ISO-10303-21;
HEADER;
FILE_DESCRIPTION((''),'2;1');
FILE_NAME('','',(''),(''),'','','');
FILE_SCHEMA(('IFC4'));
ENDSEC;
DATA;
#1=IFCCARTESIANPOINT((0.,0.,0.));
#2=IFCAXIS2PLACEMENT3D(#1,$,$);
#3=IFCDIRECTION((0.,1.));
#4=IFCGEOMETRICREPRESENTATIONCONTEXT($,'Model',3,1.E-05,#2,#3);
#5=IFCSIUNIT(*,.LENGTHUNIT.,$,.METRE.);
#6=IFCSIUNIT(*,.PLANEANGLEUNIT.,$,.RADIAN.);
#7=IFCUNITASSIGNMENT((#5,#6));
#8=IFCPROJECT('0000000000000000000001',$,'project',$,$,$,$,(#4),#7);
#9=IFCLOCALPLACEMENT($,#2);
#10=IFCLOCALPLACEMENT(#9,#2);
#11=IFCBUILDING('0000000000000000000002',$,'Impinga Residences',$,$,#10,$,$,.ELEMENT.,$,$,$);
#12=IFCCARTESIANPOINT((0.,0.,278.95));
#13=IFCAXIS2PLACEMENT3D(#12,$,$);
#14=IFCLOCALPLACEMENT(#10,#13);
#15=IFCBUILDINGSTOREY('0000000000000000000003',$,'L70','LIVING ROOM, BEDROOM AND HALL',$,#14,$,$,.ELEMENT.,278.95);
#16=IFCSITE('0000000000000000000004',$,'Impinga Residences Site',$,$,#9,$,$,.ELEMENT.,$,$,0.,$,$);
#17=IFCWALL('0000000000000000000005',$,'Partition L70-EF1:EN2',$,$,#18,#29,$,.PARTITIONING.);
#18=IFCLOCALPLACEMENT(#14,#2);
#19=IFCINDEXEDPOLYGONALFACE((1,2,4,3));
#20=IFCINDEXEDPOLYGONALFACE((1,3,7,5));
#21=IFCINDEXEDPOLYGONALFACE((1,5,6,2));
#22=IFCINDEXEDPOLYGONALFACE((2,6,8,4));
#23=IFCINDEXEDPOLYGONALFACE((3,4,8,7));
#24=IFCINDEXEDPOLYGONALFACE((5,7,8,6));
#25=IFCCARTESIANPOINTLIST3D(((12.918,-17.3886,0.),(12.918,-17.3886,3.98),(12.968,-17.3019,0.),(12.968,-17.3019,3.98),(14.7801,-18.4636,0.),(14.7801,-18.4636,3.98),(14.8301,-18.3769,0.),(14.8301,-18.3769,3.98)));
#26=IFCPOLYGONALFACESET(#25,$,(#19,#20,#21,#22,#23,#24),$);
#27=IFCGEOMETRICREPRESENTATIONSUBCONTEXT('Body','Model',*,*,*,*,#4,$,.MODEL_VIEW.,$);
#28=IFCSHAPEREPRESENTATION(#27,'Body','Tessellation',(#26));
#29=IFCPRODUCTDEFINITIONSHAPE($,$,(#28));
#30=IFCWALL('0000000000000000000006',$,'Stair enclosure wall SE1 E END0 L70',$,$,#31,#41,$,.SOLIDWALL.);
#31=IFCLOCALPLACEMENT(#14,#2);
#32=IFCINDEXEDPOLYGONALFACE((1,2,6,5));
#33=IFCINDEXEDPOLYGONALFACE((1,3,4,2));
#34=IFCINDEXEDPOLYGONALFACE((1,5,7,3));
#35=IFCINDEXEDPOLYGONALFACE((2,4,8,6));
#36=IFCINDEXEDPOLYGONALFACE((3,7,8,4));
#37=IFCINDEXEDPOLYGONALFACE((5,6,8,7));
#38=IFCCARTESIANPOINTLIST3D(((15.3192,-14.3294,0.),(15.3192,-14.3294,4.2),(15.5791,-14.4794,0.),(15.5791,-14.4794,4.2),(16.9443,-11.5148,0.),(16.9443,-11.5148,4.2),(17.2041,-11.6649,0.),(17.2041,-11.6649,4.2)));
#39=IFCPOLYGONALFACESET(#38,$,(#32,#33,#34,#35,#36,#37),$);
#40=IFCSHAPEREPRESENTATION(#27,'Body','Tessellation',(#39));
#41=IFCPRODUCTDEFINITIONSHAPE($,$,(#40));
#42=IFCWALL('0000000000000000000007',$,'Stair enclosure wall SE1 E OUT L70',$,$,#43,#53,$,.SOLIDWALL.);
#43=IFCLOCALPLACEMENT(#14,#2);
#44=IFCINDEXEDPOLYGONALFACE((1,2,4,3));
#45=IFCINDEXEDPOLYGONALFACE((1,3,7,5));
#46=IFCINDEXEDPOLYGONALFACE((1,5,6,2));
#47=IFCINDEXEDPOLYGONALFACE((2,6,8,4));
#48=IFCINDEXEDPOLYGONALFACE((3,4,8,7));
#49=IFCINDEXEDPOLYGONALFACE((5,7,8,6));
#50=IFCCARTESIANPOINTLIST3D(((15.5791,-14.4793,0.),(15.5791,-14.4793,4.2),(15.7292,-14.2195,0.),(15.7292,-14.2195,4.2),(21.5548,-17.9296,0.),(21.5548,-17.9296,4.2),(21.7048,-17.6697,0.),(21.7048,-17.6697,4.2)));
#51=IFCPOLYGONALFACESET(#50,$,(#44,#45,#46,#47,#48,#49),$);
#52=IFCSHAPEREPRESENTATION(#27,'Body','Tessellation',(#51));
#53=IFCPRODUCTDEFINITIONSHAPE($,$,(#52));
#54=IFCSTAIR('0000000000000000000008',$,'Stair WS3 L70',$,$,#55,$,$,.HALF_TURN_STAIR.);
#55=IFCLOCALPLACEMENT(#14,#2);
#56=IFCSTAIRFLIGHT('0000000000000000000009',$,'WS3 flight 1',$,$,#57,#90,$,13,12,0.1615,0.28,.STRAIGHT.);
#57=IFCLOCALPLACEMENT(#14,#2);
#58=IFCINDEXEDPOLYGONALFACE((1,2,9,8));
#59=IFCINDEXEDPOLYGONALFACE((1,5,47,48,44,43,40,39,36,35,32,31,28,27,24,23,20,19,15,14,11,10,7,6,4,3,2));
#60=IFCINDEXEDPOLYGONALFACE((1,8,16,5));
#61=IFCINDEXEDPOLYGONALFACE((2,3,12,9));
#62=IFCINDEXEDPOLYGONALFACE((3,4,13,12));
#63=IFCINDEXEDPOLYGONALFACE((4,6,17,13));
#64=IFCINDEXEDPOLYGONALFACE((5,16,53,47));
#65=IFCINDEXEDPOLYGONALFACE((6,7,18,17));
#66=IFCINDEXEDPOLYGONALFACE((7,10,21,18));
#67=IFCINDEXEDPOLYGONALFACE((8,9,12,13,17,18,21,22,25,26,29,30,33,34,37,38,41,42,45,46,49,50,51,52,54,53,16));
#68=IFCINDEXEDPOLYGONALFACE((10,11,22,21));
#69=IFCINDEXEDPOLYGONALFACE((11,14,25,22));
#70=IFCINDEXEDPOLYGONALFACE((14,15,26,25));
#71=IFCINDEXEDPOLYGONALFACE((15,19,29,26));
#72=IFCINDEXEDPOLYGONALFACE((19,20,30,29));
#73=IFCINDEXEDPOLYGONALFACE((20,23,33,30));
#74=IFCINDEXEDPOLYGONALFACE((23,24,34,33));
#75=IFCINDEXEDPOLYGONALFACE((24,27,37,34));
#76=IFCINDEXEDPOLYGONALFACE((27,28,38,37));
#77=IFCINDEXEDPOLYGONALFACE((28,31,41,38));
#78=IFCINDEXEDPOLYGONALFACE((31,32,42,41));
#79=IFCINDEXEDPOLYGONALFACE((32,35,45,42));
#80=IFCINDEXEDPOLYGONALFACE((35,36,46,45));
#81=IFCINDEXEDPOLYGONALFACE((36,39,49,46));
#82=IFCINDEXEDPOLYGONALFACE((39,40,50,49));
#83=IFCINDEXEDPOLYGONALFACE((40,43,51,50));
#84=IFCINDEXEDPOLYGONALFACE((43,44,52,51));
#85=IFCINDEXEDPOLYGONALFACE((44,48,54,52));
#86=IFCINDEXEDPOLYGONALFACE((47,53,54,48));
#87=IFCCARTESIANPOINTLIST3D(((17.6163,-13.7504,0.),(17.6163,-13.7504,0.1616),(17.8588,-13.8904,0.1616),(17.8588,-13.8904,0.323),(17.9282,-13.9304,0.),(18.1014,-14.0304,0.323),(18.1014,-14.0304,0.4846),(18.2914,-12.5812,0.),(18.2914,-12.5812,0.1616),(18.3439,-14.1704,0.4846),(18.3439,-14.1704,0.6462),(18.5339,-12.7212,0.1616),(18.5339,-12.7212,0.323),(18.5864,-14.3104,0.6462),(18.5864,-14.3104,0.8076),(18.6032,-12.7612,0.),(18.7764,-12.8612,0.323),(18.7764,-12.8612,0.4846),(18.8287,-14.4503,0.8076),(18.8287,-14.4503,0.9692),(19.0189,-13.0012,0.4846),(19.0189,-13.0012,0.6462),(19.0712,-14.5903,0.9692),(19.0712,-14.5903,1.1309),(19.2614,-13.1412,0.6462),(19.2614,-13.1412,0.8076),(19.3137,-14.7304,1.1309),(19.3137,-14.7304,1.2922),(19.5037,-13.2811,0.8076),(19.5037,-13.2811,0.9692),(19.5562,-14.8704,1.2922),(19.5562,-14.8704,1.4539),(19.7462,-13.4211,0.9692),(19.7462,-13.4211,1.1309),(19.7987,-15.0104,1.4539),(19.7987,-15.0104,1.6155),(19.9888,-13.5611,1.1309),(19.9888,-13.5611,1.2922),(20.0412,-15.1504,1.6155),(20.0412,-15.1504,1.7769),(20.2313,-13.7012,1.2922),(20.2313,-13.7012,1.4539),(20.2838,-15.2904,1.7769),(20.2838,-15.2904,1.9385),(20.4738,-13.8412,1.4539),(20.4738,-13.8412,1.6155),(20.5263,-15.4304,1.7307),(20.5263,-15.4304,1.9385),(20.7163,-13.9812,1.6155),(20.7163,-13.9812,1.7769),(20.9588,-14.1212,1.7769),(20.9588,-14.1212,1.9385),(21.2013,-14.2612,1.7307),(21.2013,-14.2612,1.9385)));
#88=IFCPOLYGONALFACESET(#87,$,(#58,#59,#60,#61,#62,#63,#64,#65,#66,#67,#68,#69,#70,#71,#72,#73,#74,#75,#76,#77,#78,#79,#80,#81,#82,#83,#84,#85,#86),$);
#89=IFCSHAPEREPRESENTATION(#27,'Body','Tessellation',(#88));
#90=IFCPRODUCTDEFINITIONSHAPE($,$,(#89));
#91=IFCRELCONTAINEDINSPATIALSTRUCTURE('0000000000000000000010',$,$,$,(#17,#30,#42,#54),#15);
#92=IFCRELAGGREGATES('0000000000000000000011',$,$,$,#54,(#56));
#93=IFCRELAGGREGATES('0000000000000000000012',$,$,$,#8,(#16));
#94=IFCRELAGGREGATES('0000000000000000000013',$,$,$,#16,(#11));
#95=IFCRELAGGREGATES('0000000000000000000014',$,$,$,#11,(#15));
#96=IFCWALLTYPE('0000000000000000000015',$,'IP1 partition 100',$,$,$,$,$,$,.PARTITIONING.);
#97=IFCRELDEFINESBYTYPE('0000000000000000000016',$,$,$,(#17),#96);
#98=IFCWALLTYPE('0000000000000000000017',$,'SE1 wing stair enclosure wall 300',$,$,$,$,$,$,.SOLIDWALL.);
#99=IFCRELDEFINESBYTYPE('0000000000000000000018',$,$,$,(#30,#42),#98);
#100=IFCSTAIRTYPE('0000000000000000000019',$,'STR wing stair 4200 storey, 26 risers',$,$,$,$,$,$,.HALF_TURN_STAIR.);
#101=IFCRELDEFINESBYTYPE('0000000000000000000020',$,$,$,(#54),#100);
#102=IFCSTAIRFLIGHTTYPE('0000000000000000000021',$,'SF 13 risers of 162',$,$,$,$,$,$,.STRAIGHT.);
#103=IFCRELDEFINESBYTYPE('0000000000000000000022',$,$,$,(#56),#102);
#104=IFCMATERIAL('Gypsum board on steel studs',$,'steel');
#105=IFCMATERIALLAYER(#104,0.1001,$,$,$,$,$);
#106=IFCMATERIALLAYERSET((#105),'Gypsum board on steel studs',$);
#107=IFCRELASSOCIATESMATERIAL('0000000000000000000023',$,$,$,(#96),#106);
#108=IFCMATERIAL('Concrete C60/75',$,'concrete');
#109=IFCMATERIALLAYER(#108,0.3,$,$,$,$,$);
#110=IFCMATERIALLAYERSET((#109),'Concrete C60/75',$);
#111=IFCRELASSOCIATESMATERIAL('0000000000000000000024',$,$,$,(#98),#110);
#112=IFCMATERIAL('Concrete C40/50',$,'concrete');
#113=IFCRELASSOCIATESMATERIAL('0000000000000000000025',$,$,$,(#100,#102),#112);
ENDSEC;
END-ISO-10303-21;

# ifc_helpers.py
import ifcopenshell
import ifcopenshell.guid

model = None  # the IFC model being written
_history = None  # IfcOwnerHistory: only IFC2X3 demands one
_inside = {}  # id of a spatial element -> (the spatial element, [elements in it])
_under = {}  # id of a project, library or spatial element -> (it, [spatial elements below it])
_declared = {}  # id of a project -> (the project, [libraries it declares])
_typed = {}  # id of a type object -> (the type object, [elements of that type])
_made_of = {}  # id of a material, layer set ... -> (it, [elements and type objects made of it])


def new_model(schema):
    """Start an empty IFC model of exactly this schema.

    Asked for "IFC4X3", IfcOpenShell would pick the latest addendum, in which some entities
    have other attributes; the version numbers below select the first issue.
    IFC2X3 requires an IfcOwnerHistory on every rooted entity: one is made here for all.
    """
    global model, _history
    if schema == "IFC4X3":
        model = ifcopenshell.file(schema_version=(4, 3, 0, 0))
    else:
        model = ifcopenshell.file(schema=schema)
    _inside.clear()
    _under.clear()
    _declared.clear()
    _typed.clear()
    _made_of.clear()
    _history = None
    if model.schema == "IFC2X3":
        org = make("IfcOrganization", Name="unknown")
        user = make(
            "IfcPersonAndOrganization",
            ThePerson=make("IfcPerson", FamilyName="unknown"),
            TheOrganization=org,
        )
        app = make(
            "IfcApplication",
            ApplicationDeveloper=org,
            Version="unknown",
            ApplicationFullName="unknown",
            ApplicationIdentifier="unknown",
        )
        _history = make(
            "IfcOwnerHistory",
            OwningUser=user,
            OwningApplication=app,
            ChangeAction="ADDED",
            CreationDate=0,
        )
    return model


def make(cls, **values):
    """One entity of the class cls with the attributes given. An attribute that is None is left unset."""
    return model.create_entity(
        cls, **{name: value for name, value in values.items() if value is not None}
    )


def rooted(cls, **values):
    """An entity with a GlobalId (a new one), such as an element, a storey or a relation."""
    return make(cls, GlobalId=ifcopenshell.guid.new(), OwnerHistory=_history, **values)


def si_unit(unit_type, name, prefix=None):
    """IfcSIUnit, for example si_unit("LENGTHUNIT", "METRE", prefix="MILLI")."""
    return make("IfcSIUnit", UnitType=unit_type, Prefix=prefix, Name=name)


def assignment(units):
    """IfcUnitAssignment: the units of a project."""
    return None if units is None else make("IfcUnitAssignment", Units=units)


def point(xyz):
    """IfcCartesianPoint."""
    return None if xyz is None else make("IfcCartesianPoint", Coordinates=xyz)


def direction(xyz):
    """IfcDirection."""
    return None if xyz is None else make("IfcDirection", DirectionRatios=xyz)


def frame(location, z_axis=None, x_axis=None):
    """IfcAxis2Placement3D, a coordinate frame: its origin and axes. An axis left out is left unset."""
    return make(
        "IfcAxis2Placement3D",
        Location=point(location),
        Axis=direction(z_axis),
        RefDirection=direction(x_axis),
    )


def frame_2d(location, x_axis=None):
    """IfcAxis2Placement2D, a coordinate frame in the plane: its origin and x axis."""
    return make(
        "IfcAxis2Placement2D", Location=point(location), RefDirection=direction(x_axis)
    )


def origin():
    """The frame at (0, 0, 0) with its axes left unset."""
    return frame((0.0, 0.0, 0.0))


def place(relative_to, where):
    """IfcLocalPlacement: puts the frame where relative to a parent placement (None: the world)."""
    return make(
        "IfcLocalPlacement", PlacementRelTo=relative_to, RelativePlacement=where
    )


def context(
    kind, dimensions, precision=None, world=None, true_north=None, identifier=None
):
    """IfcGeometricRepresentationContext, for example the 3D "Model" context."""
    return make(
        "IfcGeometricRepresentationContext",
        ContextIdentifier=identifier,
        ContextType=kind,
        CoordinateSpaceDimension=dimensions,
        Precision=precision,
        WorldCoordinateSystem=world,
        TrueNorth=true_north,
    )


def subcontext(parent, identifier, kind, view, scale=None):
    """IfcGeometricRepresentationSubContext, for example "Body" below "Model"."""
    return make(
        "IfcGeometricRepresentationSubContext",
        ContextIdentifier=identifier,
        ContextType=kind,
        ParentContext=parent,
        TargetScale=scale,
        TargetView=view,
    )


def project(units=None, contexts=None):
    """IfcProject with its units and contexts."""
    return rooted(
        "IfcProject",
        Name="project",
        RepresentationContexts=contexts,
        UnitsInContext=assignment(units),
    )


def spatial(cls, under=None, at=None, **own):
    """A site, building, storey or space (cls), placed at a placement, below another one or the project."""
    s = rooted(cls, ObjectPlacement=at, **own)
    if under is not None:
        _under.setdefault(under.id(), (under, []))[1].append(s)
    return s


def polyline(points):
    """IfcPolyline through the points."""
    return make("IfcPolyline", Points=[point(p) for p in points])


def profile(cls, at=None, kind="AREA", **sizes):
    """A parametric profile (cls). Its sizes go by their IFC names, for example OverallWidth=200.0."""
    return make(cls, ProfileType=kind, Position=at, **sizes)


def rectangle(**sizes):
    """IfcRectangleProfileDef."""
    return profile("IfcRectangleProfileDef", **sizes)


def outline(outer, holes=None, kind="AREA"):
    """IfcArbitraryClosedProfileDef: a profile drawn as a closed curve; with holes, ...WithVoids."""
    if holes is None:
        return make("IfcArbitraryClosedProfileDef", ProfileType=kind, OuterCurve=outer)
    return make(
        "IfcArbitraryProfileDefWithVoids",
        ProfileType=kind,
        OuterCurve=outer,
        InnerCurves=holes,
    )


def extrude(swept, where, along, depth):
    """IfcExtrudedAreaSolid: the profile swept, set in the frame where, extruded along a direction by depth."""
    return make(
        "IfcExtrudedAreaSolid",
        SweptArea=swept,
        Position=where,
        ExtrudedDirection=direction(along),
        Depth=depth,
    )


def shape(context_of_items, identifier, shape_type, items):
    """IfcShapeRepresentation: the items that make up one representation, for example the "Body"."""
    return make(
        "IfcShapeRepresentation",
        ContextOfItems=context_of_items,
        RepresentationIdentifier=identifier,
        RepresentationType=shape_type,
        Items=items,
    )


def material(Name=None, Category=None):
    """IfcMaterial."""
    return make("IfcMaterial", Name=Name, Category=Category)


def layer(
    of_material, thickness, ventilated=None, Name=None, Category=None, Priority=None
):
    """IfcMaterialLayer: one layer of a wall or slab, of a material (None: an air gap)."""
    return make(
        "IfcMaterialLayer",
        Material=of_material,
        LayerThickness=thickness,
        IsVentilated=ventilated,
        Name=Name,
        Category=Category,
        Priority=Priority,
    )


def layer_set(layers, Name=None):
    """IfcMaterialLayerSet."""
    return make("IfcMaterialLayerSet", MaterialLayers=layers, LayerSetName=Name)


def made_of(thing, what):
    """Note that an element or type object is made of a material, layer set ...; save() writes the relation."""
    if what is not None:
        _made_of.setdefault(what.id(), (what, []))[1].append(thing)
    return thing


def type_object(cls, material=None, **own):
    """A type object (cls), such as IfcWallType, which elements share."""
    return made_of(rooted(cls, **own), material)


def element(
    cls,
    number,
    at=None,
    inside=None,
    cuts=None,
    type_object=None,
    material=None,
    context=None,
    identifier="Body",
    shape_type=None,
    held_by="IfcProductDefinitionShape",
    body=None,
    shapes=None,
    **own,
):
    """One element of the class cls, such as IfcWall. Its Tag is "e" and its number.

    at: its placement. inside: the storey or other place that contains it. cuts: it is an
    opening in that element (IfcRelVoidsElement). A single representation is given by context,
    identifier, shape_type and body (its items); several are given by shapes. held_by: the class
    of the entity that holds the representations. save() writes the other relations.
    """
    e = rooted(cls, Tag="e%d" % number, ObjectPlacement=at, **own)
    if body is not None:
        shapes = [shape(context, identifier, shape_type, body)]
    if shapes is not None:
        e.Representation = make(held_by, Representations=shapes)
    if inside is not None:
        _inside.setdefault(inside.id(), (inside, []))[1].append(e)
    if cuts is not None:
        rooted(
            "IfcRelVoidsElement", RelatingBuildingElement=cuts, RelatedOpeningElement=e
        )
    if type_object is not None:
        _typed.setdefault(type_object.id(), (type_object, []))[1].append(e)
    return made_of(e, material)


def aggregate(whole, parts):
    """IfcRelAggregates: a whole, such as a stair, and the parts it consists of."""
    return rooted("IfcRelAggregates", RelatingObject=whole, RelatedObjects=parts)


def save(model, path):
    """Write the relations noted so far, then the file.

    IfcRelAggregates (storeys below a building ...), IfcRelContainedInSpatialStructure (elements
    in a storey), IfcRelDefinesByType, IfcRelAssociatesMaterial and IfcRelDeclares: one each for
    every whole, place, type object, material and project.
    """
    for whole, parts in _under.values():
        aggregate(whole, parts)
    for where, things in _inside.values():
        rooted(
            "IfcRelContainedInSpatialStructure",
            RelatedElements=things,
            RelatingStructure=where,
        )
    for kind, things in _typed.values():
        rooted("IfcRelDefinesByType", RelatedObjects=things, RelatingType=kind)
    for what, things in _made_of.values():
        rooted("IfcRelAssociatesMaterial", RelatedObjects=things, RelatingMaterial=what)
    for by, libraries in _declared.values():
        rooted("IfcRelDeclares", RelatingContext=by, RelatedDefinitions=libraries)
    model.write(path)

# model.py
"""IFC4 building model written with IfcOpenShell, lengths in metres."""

from ifc_helpers import new_model, si_unit, direction, frame, frame_2d, origin, place, context, subcontext, project, spatial, polyline, rectangle, outline, extrude, material, layer, layer_set, type_object, element, aggregate, save


model = new_model("IFC4")

# Units and contexts
model_context = context("Model", 3, precision=1e-05, world=origin(), true_north=direction((0.0, 1.0)))
body_context = subcontext(model_context, "Body", "Model", "MODEL_VIEW")
ifc_project = project(units=[si_unit("LENGTHUNIT", "METRE"), si_unit("PLANEANGLEUNIT", "RADIAN")], contexts=[model_context])

# Site, building, storey
site_placement = place(None, origin())
site = spatial("IfcSite", under=ifc_project, at=site_placement, Name="Impinga Residences Site", CompositionType="ELEMENT", RefElevation=0.0)
building_placement = place(site_placement, origin())
building = spatial("IfcBuilding", under=site, at=building_placement, Name="Impinga Residences", CompositionType="ELEMENT")
storey_placement = place(building_placement, frame((0.0, 0.0, 278.95)))
storey = spatial("IfcBuildingStorey", under=building, at=storey_placement, Name="L70", Description="LIVING ROOM, BEDROOM AND HALL", CompositionType="ELEMENT", Elevation=278.95)

# Shared definitions
ifc_material_1 = material(Name="Concrete C60/75", Category="concrete")

# Shared definitions
ifc_material_2 = material(Name="Gypsum board on steel studs", Category="steel")
ifc_layer_1 = layer(ifc_material_2, 0.1001)
ifc_layer_set_1 = layer_set([ifc_layer_1], Name="Gypsum board on steel studs")
wall_type_1 = type_object("IfcWallType", Name="IP1 partition 100", PredefinedType="PARTITIONING", material=ifc_layer_set_1)

# Walls
wall_1_placement = place(storey_placement, frame((12.9429, -17.3452, 0.0), z_axis=(0.0, 0.0, 1.0), x_axis=(0.866048, -0.499962, 0.0)))
element("IfcWall", 1, at=wall_1_placement, inside=storey, type_object=wall_type_1, Name="Partition L70-EF1:EN2", PredefinedType="PARTITIONING", context=body_context, shape_type="SweptSolid", body=[
    extrude(rectangle(XDim=2.1501, YDim=0.1001, at=frame_2d((1.0752, 0.0))), origin(), (0.0, 0.0, 1.0), 3.98),
])
ifc_layer_2 = layer(ifc_material_1, 0.3)
ifc_layer_set_2 = layer_set([ifc_layer_2], Name="Concrete C60/75")
wall_type_2 = type_object("IfcWallType", Name="SE1 wing stair enclosure wall 300", PredefinedType="SOLIDWALL", material=ifc_layer_set_2)
wall_2_placement = place(storey_placement, frame((17.0742, -11.5898, 0.0), z_axis=(0.0, 0.0, 1.0), x_axis=(-0.500017, -0.866015, 0.0)))
element("IfcWall", 2, at=wall_2_placement, inside=storey, type_object=wall_type_2, Name="Stair enclosure wall SE1 E END0 L70", PredefinedType="SOLIDWALL", context=body_context, shape_type="SweptSolid", body=[
    extrude(rectangle(XDim=3.25, YDim=0.3, at=frame_2d((1.625, 0.0))), origin(), (0.0, 0.0, 1.0), 4.2),
])
wall_3_placement = place(storey_placement, frame((15.6541, -14.3494, 0.0), z_axis=(0.0, 0.0, 1.0), x_axis=(0.866014, -0.500021, 0.0)))
element("IfcWall", 3, at=wall_3_placement, inside=storey, type_object=wall_type_2, Name="Stair enclosure wall SE1 E OUT L70", PredefinedType="SOLIDWALL", context=body_context, shape_type="SweptSolid", body=[
    extrude(rectangle(XDim=6.9001, YDim=0.3, at=frame_2d((3.4502, 0.0))), origin(), (0.0, 0.0, 1.0), 4.2),
])

# Stair, stair flight
ifc_material_3 = material(Name="Concrete C40/50", Category="concrete")
stair_type = type_object("IfcStairType", Name="STR wing stair 4200 storey, 26 risers", PredefinedType="HALF_TURN_STAIR", material=ifc_material_3)
stair_placement = place(storey_placement, origin())
stair = element("IfcStair", 4, at=stair_placement, inside=storey, type_object=stair_type, Name="Stair WS3 L70", PredefinedType="HALF_TURN_STAIR")
stair_flight_type = type_object("IfcStairFlightType", Name="SF 13 risers of 162", PredefinedType="STRAIGHT", material=ifc_material_3)
stair_flight_placement = place(storey_placement, frame((17.9539, -13.1658, 0.0), z_axis=(0.0, 0.0, 1.0), x_axis=(0.866025, -0.5, 0.0)))
stair_flight = element("IfcStairFlight", 5, at=stair_flight_placement, type_object=stair_flight_type, Name="WS3 flight 1", NumberOfRisers=13, NumberOfTreads=12, PredefinedType="STRAIGHT", RiserHeight=0.1615, TreadLength=0.28, context=body_context, shape_type="SweptSolid", body=[
    extrude(outline(polyline([(0.0, 0.0), (0.0, 0.1616), (0.28, 0.1616), (0.28, 0.323), (0.5601, 0.323), (0.5601, 0.4846), (0.8401, 0.4846), (0.8401, 0.6462), (1.1201, 0.6462), (1.1201, 0.8076), (1.3999, 0.8076), (1.3999, 0.9692), (1.6799, 0.9692), (1.6799, 1.1309), (1.96, 1.1309), (1.96, 1.2922), (2.24, 1.2922), (2.24, 1.4539), (2.52, 1.4539), (2.52, 1.6155), (2.8, 1.6155), (2.8, 1.7769), (3.0801, 1.7769), (3.0801, 1.9385), (3.3601, 1.9385), (3.3601, 2.1001), (3.3601, 1.7307), (0.3601, 0.0), (0.0, 0.0)])), frame((0.0, 0.675, 0.0), z_axis=(0.0, -1.0, 0.0), x_axis=(1.0, 0.0, 0.0)), (0.0, 0.0, 1.0), 1.3501),
])
aggregate(stair, [stair_flight])

save(model, "model.ifc")
